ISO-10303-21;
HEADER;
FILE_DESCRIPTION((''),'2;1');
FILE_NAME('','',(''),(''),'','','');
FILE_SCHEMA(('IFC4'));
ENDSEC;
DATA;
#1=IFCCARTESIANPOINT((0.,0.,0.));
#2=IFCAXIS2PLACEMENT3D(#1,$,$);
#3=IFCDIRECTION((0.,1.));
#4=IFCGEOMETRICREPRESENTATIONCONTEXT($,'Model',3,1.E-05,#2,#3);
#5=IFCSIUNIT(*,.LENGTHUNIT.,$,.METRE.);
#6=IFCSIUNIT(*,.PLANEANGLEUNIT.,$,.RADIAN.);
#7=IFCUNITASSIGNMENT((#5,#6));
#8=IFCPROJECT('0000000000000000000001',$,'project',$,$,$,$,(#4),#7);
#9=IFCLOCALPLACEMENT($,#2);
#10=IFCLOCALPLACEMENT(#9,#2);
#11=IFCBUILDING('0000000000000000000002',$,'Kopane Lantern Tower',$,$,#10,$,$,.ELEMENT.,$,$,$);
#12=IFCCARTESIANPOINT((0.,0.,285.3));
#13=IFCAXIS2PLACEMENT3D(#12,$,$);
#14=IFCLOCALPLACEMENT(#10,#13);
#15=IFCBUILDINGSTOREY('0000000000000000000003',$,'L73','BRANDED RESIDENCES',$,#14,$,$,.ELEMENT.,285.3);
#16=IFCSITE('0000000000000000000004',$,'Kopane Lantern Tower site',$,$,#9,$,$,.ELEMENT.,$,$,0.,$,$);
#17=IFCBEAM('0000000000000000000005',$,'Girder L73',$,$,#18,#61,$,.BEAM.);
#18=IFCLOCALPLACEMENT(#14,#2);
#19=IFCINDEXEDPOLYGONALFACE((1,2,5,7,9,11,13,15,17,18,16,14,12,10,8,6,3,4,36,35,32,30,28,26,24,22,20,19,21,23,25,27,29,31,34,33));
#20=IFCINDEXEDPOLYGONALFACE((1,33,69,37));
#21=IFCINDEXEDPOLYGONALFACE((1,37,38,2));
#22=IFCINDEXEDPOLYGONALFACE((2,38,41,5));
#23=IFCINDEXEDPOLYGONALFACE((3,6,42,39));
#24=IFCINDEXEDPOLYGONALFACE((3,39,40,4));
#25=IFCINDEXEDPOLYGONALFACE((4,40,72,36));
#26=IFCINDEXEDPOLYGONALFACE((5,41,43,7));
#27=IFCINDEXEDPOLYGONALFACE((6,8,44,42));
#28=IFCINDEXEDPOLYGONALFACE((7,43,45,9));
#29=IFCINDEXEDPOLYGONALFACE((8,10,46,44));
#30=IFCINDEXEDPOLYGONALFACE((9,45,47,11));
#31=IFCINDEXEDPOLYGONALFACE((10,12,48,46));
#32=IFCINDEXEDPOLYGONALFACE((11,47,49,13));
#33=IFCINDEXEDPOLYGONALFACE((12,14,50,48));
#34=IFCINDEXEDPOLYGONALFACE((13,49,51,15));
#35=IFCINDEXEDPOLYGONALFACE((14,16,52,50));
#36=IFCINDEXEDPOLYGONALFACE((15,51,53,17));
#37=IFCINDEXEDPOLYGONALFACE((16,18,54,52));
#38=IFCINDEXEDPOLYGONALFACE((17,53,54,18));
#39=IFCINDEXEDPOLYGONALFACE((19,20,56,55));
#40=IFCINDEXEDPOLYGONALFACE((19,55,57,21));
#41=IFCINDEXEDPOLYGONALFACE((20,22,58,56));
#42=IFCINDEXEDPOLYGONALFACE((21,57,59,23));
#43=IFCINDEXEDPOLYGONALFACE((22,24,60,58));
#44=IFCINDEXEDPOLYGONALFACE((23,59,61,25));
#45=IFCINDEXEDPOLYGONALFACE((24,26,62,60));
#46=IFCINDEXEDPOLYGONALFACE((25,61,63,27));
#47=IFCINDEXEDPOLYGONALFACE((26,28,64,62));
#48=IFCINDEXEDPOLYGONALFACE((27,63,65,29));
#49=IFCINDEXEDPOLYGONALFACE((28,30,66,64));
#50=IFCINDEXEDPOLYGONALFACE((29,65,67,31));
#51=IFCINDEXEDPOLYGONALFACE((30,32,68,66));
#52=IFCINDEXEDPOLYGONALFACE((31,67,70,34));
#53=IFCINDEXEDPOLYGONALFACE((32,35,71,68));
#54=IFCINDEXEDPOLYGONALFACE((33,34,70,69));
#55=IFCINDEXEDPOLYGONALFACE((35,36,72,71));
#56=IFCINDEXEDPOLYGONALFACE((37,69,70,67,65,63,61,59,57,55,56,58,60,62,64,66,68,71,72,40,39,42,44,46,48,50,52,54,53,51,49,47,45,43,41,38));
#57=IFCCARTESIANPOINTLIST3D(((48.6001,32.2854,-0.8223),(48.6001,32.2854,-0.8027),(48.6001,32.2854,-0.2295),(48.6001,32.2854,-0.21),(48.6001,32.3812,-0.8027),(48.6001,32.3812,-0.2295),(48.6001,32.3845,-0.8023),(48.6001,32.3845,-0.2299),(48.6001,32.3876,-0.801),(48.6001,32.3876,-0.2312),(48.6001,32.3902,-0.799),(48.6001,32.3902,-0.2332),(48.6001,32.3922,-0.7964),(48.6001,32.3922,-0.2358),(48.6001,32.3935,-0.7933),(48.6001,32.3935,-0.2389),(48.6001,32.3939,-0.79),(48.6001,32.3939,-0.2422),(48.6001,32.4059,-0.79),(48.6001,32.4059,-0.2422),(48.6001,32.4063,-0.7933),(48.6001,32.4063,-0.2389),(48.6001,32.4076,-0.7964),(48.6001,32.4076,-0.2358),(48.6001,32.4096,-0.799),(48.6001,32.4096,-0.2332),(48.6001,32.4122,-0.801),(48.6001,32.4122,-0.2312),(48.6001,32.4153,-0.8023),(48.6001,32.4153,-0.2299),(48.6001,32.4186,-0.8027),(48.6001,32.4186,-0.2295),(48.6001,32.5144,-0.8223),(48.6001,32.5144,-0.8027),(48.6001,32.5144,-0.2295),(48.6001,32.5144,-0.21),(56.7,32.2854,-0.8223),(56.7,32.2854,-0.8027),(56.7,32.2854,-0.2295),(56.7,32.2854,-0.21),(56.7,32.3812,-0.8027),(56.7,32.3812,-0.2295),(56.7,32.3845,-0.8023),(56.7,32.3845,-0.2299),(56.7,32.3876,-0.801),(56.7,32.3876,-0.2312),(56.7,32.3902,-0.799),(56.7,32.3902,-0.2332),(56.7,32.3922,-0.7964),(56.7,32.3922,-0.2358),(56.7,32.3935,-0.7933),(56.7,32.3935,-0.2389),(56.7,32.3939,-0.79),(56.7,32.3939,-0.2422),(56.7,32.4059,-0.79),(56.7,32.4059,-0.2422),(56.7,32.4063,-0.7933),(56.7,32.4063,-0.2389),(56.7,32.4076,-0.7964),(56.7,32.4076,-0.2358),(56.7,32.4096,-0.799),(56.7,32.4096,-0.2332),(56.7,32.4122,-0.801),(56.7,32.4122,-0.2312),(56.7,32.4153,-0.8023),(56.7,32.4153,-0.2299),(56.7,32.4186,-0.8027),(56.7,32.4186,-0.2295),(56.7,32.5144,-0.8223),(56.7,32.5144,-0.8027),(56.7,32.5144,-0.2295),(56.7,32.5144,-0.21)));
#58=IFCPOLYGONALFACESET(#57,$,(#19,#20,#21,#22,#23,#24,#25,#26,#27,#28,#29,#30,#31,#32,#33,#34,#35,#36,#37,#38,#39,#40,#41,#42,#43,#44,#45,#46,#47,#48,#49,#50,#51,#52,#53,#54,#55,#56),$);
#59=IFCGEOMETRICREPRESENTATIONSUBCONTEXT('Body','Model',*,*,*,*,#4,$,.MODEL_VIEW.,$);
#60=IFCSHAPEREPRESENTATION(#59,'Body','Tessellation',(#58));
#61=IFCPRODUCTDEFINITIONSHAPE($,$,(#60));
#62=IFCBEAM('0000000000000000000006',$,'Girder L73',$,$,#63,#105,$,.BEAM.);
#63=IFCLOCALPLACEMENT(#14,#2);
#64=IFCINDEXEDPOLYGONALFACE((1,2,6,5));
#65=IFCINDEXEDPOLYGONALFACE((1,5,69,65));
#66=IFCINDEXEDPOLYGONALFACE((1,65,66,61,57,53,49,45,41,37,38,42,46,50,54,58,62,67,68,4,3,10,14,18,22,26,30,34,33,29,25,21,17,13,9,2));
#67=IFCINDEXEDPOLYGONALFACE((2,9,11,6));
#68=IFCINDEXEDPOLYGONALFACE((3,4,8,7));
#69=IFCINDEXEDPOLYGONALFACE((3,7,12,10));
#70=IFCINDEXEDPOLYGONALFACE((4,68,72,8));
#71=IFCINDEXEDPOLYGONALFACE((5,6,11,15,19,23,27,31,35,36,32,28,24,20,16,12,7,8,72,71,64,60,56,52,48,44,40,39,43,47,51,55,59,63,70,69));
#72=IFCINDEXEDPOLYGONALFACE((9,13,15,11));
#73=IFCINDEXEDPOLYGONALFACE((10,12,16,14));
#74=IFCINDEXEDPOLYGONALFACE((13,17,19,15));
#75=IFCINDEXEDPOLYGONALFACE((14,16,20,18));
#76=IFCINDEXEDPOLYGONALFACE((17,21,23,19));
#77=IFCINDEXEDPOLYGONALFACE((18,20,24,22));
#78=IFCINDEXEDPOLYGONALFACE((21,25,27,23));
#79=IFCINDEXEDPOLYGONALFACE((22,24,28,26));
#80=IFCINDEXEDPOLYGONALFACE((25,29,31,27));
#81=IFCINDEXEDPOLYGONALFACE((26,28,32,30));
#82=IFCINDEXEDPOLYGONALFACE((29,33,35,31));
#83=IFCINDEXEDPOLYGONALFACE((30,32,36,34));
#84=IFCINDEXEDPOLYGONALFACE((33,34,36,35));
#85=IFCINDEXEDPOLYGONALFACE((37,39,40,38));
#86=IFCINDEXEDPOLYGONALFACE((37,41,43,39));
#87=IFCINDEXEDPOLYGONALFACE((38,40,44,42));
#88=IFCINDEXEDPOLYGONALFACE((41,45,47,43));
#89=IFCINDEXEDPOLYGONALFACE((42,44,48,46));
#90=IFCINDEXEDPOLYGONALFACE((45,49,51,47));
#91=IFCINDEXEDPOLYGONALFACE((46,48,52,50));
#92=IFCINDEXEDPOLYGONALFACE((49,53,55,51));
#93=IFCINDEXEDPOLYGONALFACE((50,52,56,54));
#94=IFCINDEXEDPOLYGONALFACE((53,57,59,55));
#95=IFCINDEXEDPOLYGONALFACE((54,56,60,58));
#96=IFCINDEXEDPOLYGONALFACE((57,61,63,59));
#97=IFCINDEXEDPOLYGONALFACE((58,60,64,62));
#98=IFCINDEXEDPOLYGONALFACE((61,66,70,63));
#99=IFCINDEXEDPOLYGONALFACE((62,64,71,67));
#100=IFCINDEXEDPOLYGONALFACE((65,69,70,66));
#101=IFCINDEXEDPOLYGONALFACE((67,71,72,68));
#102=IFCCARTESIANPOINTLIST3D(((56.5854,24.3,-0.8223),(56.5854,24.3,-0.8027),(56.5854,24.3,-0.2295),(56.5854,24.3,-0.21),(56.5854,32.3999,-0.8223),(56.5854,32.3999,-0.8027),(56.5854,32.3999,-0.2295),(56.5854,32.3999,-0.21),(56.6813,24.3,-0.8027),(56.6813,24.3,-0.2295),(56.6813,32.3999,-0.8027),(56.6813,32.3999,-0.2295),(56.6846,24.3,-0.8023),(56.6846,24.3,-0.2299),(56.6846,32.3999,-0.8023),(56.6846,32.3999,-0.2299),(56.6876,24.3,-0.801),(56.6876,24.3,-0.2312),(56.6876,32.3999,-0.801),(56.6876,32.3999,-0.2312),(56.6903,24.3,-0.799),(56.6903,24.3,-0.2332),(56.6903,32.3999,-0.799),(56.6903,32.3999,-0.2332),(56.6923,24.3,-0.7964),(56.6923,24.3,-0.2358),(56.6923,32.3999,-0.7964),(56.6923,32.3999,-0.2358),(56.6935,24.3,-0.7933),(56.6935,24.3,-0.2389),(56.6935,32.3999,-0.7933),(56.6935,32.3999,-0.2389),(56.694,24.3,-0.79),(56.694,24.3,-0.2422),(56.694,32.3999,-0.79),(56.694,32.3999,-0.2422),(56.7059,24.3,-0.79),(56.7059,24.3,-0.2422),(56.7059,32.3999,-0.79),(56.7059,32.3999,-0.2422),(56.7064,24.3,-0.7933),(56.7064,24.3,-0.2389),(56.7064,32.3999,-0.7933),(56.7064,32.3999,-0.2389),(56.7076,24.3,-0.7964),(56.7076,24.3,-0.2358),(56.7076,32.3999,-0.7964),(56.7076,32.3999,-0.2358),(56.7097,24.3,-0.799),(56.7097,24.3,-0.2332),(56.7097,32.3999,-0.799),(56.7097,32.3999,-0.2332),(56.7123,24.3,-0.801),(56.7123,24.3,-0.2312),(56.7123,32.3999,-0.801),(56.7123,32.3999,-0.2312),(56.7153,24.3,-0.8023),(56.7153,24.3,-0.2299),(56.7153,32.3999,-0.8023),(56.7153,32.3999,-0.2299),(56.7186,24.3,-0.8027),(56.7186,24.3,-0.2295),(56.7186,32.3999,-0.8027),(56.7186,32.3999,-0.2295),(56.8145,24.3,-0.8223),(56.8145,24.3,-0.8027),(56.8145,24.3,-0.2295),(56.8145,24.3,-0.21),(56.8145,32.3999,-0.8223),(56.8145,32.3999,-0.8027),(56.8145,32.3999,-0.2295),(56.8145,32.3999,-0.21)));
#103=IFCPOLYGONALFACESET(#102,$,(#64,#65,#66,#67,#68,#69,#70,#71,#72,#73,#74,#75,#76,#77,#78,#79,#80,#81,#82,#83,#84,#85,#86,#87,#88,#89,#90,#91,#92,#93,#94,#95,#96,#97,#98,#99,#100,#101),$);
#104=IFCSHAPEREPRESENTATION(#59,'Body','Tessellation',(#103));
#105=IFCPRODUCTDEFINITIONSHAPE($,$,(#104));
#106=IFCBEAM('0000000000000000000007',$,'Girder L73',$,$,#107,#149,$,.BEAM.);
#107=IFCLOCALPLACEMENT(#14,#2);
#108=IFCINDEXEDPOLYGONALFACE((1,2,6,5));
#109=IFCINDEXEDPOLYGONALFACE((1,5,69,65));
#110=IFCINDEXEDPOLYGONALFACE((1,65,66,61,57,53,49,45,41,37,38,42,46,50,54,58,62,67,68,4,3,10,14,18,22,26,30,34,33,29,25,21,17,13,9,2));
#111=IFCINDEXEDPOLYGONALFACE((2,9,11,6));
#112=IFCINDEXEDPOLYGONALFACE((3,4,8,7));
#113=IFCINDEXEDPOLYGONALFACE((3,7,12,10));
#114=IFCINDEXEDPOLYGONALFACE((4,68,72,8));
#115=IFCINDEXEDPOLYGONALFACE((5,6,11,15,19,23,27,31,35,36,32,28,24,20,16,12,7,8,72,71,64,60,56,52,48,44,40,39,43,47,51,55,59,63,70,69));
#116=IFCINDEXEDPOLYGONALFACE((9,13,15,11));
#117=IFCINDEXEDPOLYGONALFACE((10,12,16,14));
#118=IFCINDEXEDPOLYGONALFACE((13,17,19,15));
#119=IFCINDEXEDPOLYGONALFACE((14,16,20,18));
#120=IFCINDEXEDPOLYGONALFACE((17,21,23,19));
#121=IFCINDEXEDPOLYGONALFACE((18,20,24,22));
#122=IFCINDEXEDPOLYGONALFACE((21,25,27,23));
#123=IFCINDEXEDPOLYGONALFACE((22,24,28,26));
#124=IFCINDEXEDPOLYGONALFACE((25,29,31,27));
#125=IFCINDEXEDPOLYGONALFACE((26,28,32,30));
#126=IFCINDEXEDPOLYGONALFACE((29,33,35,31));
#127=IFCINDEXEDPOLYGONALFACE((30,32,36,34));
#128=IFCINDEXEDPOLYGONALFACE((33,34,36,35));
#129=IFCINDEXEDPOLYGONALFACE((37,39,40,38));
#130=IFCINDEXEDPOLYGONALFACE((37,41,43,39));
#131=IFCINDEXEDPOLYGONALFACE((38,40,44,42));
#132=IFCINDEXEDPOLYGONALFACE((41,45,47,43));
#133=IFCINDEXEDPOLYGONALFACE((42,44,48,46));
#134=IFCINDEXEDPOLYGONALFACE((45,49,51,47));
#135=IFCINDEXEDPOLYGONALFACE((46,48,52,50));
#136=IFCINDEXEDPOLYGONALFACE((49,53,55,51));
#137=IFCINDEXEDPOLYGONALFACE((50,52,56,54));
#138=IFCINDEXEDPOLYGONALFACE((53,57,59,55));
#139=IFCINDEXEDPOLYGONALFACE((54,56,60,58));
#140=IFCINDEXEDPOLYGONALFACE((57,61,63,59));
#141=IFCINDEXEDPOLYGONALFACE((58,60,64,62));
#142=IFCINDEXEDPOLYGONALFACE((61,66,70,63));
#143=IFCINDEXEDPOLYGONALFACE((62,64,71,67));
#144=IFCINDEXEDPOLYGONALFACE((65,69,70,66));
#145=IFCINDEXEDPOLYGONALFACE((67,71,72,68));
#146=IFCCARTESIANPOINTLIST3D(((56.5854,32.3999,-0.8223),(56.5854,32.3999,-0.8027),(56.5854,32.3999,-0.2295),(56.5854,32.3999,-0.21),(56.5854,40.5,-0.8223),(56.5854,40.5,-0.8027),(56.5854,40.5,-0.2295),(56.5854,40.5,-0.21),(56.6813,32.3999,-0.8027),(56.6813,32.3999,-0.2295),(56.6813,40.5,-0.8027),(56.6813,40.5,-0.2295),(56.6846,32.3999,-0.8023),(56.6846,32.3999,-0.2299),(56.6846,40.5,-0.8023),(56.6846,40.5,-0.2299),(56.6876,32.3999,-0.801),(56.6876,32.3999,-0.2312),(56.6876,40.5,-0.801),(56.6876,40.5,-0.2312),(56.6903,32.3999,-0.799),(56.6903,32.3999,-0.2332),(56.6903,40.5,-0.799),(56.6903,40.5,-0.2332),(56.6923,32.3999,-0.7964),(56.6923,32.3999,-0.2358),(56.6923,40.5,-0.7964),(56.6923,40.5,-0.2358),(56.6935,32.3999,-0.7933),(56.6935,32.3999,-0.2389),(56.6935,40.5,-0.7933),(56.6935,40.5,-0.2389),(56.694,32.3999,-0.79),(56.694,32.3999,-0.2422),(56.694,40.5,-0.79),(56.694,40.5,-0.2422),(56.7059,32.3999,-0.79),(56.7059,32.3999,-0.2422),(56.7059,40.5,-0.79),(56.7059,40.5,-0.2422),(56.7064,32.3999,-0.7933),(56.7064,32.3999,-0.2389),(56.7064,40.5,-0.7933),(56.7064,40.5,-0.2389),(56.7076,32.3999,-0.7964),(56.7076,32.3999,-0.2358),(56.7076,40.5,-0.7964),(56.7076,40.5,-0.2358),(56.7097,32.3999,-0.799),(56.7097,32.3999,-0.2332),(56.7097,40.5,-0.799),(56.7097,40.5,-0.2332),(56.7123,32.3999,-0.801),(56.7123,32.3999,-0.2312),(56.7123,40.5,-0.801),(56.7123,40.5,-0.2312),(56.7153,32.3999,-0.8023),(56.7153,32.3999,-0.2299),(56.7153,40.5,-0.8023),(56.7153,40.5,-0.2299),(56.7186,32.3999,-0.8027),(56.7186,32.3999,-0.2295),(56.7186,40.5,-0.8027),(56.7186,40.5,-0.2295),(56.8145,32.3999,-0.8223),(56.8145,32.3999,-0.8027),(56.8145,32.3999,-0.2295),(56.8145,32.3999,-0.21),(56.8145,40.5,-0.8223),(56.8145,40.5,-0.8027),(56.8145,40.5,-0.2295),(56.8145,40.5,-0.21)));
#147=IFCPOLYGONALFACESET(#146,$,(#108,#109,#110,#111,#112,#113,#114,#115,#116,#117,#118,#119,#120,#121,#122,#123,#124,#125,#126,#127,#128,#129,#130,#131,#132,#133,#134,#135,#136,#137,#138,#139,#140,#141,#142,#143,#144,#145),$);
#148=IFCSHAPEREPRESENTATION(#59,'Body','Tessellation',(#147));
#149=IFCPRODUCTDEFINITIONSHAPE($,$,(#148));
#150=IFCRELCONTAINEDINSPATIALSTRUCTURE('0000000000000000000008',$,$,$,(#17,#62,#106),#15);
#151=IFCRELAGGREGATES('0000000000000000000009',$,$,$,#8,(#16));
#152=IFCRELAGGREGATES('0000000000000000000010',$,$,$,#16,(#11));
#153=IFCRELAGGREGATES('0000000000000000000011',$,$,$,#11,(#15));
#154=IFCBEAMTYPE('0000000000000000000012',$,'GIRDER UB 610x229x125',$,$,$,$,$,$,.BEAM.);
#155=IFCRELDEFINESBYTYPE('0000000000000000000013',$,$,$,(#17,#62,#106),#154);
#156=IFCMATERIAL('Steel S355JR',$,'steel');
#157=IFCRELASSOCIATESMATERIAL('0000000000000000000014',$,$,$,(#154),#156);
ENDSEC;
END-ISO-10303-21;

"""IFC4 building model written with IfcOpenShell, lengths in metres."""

from ifc_helpers import new_model, si_unit, direction, frame, origin, origin_2d, place, context, subcontext, project, spatial, i_section, extrude, material, material_profile, profile_set, type_object, element, save


model = new_model("IFC4")

# Units and contexts
model_context = context("Model", 3, precision=1e-05, world=origin(), true_north=direction((0.0, 1.0)))
body_context = subcontext(model_context, "Body", "Model", "MODEL_VIEW")
ifc_project = project(units=[si_unit("LENGTHUNIT", "METRE"), si_unit("PLANEANGLEUNIT", "RADIAN")], contexts=[model_context])

# Site, building, storey
site_placement = place(None, origin())
site = spatial("IfcSite", under=ifc_project, at=site_placement, Name="Kopane Lantern Tower site", CompositionType="ELEMENT", RefElevation=0.0)
building_placement = place(site_placement, origin())
building = spatial("IfcBuilding", under=site, at=building_placement, Name="Kopane Lantern Tower", CompositionType="ELEMENT")
storey_placement = place(building_placement, frame((0.0, 0.0, 285.3)))
storey = spatial("IfcBuildingStorey", under=building, at=storey_placement, Name="L73", Description="BRANDED RESIDENCES", CompositionType="ELEMENT", Elevation=285.3)

# Beams
ifc_material_1 = material(Name="Steel S355JR", Category="steel")
ifc_material_profile_1 = material_profile(ifc_material_1, i_section(OverallWidth=0.229, OverallDepth=0.6123, WebThickness=0.012, FlangeThickness=0.0195, FilletRadius=0.0127, at=origin_2d()), Name="UB 610x229x125")
ifc_profile_set_1 = profile_set([ifc_material_profile_1], Name="Steel S355JR")
beam_type = type_object("IfcBeamType", Name="GIRDER UB 610x229x125", PredefinedType="BEAM", material=ifc_profile_set_1)
for number, where, z_axis, x_axis, name in (
    (1, (48.6001, 32.3999, -0.5161), (1.0, 0.0, 0.0), (0.0, 1.0, 0.0), "Girder L73"),
    (2, (56.7, 24.3, -0.5161), (0.0, 1.0, 0.0), (-1.0, 0.0, 0.0), "Girder L73"),
):
    element("IfcBeam", number, at=place(storey_placement, frame(where, z_axis=z_axis, x_axis=x_axis)), inside=storey, type_object=beam_type, Name=name, PredefinedType="BEAM", context=body_context, shape_type="SweptSolid", body=[
        extrude(i_section(OverallWidth=0.229, OverallDepth=0.6123, WebThickness=0.012, FlangeThickness=0.0195, FilletRadius=0.0127, at=origin_2d()), origin(), (0.0, 0.0, 1.0), 8.0999),
    ])
beam_1_placement = place(storey_placement, frame((56.7, 32.3999, -0.5161), z_axis=(0.0, 1.0, 0.0), x_axis=(-1.0, 0.0, 0.0)))
element("IfcBeam", 3, at=beam_1_placement, inside=storey, type_object=beam_type, Name="Girder L73", PredefinedType="BEAM", context=body_context, shape_type="SweptSolid", body=[
    extrude(i_section(OverallWidth=0.229, OverallDepth=0.6123, WebThickness=0.012, FlangeThickness=0.0195, FilletRadius=0.0127, at=origin_2d()), origin(), (0.0, 0.0, 1.0), 8.1001),
])

save(model, "model.ifc")
